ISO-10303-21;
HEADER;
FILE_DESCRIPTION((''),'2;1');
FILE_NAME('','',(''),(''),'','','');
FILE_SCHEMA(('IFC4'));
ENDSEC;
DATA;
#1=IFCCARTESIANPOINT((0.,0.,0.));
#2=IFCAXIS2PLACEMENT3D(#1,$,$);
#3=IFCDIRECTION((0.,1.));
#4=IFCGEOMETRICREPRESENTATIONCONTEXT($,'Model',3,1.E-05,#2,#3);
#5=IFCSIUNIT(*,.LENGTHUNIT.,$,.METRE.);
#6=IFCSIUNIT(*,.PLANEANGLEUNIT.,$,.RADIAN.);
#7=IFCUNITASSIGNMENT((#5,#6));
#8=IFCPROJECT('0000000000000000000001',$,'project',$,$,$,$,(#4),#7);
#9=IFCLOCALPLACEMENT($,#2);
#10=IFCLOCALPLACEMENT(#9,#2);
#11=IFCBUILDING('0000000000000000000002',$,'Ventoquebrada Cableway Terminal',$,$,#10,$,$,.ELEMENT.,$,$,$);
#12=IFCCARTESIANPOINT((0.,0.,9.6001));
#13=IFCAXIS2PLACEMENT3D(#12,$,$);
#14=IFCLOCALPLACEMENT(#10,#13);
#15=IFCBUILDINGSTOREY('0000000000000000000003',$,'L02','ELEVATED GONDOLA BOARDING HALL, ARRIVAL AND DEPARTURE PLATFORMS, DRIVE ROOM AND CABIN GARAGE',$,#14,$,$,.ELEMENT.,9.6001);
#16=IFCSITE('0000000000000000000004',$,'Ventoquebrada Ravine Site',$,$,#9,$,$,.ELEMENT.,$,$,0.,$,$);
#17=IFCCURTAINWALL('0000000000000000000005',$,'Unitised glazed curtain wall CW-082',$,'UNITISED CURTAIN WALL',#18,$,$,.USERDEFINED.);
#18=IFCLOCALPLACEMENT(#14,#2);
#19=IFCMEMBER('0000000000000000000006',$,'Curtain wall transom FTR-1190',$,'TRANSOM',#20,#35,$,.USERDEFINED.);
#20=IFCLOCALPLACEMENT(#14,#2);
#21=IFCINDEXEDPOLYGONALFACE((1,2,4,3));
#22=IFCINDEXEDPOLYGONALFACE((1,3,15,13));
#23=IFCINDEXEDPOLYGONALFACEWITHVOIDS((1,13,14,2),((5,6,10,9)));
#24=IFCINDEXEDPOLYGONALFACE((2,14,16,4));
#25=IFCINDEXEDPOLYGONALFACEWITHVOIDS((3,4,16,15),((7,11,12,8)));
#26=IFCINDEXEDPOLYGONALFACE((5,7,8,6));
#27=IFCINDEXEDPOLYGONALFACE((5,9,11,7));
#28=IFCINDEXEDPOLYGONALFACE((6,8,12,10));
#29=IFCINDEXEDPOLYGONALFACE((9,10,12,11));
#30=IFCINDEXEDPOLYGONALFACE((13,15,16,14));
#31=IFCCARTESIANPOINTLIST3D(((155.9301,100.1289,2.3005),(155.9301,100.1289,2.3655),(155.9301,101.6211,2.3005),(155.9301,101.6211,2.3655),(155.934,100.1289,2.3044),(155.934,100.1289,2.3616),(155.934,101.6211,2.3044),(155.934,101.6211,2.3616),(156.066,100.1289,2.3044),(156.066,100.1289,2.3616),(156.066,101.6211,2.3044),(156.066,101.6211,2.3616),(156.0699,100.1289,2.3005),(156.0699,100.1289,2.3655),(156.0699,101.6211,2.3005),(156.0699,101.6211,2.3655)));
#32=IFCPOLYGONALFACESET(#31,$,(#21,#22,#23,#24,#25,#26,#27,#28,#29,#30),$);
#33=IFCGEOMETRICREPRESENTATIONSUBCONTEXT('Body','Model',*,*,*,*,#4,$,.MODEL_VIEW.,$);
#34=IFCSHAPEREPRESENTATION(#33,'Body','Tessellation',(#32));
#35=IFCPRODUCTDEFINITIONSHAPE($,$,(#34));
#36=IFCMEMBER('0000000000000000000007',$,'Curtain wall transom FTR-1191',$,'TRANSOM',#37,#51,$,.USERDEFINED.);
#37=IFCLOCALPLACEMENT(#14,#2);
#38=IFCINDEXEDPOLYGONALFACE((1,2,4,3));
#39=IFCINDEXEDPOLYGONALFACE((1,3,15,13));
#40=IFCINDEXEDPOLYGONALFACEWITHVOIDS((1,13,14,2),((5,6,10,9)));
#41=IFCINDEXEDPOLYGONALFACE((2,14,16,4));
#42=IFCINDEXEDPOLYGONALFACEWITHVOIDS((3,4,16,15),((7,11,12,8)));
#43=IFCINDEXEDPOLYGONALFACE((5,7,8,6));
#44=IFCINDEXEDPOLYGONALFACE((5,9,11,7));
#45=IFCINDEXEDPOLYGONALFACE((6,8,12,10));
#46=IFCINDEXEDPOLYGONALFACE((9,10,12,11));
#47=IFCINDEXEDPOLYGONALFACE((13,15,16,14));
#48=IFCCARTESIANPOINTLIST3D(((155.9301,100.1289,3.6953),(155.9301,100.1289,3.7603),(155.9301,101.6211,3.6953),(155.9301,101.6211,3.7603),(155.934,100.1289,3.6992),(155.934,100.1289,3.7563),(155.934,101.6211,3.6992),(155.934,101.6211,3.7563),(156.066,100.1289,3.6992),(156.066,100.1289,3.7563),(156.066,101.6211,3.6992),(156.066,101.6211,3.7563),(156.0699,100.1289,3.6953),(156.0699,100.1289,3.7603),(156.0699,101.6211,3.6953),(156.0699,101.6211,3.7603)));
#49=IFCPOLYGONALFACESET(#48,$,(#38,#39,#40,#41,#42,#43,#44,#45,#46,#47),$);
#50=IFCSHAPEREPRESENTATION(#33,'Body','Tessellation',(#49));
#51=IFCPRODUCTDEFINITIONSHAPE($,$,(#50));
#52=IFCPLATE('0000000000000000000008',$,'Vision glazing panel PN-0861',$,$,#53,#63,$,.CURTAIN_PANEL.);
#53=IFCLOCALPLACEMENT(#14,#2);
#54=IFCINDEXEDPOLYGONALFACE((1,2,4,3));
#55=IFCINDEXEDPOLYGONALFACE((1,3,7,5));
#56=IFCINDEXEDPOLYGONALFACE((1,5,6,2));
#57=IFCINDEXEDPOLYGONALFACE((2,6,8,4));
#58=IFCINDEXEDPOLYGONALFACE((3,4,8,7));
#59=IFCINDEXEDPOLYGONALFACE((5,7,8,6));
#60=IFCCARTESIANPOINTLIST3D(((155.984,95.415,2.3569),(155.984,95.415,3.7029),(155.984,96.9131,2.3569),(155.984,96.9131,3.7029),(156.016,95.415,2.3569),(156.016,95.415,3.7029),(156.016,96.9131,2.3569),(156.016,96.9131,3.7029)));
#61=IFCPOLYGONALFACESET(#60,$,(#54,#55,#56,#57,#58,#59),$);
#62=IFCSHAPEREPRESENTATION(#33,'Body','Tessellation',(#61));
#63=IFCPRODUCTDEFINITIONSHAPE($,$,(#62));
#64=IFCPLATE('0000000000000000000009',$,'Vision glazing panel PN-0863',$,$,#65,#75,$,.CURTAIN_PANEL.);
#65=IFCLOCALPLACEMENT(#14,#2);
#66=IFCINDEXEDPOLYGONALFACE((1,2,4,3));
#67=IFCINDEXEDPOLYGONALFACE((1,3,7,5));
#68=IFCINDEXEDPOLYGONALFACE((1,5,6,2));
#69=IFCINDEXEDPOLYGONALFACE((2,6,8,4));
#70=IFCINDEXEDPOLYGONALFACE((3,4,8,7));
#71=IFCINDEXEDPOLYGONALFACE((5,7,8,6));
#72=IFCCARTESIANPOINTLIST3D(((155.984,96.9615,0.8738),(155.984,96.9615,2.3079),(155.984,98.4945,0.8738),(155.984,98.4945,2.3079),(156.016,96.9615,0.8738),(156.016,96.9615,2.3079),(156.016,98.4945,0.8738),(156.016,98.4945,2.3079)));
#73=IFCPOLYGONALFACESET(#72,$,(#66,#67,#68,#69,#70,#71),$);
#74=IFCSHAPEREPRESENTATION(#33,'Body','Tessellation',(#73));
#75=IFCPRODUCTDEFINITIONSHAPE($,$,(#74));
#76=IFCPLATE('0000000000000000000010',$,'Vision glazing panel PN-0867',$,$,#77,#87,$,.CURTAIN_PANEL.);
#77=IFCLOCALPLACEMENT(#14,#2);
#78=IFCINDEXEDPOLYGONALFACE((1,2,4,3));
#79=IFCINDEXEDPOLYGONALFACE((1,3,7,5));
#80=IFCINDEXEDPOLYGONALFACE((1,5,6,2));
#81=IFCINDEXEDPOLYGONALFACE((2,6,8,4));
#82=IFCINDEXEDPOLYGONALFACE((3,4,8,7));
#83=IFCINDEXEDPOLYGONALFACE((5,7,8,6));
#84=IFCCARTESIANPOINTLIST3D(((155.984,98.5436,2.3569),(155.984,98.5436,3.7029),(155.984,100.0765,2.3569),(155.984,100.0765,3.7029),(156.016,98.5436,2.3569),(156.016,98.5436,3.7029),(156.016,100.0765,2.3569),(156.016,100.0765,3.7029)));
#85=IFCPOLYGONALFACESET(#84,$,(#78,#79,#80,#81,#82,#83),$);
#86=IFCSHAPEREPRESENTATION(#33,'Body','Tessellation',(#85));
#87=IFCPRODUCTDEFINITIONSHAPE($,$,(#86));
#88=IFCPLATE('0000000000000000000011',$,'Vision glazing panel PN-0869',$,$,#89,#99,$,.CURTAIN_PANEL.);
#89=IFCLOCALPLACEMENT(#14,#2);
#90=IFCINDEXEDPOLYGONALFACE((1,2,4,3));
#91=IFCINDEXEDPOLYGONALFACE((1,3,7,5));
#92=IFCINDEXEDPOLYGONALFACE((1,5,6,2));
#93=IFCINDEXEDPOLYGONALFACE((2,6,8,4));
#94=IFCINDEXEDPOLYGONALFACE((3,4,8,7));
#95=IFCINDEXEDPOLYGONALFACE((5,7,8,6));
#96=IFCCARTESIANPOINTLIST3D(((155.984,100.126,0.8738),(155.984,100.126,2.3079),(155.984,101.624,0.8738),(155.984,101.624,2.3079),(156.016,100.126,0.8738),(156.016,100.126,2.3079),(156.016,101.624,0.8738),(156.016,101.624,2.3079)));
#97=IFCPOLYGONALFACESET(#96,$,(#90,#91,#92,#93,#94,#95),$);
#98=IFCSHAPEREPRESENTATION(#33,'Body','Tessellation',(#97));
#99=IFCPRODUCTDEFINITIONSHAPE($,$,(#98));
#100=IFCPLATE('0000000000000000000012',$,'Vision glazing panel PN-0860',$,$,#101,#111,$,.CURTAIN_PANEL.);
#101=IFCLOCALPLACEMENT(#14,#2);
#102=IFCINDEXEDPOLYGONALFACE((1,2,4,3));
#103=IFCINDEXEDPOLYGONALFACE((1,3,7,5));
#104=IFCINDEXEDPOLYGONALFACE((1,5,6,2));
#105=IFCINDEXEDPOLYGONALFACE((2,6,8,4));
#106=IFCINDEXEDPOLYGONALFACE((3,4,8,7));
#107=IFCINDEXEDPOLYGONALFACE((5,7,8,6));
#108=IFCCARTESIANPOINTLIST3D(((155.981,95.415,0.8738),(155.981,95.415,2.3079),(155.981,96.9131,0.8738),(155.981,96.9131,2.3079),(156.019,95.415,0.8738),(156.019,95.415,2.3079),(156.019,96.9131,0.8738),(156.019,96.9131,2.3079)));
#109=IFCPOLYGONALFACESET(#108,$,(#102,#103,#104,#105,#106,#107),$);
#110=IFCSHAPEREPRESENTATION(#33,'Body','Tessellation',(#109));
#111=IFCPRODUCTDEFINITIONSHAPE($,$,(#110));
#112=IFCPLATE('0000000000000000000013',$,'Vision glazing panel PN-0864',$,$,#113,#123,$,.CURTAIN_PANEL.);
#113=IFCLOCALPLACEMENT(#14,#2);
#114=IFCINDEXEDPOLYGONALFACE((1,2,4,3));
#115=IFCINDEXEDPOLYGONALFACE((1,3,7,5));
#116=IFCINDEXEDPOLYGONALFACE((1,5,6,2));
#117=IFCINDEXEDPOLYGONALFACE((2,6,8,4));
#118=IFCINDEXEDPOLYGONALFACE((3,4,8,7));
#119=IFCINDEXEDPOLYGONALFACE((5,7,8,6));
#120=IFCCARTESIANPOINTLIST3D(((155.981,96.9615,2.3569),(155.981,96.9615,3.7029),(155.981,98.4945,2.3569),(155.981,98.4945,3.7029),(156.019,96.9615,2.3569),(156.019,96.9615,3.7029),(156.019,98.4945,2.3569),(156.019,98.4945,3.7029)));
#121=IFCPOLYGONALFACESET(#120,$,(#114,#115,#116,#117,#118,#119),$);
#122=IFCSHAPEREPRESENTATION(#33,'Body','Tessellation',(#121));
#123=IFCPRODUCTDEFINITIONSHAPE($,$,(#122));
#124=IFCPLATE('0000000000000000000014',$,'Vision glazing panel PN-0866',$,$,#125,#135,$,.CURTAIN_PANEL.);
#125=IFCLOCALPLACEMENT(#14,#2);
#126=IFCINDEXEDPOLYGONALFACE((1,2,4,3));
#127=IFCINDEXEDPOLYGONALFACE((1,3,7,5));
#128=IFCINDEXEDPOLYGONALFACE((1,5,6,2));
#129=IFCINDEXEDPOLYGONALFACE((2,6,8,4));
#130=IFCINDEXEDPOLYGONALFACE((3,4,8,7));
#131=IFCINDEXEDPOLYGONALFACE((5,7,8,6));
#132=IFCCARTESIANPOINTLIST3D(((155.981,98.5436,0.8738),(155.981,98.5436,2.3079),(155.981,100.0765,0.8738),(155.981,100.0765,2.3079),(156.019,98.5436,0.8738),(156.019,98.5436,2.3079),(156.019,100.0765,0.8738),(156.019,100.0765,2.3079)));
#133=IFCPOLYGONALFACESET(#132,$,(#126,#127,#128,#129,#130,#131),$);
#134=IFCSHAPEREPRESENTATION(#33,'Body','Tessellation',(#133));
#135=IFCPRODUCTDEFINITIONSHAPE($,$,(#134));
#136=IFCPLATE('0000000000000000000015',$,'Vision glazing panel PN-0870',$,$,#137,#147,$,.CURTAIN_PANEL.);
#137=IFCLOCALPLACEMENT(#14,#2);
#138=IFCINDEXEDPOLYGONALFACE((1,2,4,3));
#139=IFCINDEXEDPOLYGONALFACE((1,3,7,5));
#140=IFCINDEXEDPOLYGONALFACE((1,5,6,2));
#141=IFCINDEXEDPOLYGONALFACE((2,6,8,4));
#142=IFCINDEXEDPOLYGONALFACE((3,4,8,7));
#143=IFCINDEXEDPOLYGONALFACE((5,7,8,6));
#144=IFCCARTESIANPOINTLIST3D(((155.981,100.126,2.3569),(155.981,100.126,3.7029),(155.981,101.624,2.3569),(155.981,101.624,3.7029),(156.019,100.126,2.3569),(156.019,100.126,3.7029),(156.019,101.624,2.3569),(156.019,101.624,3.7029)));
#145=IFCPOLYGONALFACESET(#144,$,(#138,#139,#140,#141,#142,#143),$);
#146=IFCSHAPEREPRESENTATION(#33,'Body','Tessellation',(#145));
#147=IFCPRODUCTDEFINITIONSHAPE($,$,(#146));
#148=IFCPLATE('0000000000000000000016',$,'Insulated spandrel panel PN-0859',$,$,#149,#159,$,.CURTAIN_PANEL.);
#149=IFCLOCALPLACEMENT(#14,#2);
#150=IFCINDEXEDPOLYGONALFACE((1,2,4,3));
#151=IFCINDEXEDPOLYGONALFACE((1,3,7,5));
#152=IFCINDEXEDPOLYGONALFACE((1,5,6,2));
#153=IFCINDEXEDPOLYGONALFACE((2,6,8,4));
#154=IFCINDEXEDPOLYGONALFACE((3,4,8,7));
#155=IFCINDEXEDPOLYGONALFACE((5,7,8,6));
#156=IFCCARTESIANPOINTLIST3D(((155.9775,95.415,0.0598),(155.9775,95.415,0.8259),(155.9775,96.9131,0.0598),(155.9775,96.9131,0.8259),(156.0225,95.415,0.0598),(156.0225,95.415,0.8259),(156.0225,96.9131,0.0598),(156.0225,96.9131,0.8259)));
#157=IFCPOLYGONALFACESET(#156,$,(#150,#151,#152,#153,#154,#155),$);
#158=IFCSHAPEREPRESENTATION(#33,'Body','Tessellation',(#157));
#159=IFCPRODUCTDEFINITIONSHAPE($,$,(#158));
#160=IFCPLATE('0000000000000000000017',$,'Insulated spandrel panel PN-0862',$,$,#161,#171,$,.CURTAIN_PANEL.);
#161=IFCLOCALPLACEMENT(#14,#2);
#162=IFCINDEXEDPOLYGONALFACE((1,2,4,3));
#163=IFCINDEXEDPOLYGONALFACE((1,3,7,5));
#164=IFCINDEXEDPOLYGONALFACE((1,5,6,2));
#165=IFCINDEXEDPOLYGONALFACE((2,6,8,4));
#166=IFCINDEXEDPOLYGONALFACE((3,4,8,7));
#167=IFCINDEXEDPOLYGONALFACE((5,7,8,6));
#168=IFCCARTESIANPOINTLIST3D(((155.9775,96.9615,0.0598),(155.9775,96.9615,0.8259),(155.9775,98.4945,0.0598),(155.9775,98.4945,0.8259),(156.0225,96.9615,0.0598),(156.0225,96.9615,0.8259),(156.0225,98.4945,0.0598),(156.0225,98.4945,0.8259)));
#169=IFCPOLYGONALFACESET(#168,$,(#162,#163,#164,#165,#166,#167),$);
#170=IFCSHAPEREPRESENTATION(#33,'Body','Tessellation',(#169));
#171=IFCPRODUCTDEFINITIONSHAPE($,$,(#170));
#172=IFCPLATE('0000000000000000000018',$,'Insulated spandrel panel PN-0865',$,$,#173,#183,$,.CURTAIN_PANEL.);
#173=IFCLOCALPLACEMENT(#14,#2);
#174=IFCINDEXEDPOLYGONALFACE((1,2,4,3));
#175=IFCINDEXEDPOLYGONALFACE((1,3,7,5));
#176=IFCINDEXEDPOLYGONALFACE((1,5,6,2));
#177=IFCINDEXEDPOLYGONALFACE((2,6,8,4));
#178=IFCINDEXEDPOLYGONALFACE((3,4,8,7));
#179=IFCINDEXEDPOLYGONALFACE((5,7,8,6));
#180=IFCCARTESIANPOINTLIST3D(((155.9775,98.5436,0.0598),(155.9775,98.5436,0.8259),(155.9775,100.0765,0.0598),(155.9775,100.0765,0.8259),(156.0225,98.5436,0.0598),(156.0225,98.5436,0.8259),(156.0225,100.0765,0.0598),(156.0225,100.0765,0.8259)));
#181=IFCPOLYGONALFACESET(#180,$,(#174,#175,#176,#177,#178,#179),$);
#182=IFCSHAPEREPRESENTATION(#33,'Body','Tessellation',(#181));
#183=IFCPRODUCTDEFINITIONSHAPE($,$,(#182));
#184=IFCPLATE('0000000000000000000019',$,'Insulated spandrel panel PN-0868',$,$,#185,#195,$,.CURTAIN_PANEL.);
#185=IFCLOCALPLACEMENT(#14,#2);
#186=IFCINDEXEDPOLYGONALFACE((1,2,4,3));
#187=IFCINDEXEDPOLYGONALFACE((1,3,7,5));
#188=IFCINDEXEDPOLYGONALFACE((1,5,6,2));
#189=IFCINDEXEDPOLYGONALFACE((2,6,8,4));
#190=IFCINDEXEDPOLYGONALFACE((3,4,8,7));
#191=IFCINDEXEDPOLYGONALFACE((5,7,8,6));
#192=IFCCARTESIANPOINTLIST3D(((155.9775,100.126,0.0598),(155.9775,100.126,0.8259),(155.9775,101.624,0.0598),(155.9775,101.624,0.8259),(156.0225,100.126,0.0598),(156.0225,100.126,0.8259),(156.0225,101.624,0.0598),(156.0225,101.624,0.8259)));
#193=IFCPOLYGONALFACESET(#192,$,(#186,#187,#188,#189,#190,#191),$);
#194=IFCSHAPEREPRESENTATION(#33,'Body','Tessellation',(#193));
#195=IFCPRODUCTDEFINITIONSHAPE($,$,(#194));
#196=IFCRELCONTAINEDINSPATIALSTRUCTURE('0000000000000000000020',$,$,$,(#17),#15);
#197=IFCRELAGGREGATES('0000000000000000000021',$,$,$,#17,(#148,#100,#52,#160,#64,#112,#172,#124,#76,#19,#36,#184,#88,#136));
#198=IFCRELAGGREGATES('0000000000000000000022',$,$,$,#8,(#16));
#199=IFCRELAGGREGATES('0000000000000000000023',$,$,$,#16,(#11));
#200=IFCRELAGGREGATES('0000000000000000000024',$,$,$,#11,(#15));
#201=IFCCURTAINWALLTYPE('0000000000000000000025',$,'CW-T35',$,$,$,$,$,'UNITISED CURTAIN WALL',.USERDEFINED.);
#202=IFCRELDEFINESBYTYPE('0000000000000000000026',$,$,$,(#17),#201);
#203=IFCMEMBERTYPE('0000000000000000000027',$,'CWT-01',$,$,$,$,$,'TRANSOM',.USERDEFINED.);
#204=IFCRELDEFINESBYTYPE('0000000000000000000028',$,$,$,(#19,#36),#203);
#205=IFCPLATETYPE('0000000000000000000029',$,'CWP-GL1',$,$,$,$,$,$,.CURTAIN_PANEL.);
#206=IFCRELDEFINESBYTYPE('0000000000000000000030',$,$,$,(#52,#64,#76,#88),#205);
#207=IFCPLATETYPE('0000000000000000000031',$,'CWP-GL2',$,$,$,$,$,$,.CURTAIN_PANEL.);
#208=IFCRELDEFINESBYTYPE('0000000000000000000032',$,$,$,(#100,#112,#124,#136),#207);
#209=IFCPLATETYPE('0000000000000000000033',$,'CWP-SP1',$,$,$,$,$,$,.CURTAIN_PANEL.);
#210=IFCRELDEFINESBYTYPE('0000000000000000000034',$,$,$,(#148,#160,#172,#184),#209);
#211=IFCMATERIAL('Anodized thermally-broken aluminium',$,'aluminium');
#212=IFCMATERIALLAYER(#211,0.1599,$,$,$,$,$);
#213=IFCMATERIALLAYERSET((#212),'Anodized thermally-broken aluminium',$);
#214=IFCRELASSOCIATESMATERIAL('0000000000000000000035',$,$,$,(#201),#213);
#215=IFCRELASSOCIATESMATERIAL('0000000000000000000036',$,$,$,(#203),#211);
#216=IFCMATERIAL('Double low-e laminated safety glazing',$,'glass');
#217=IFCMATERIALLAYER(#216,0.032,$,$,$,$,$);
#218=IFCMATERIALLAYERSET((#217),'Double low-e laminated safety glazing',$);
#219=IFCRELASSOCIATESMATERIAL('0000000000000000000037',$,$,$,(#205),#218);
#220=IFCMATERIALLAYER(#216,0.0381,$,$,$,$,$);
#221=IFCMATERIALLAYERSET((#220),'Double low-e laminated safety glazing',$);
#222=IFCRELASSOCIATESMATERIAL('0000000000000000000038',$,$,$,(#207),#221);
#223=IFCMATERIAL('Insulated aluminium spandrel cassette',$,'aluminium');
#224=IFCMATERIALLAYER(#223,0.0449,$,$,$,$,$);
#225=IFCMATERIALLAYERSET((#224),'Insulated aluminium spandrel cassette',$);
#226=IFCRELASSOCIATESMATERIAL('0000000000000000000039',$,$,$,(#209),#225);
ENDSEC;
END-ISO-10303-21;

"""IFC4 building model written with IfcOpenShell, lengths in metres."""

from ifc_helpers import new_model, si_unit, direction, frame, origin, origin_2d, place, context, subcontext, project, spatial, rectangle, hollow_rectangle, extrude, material, layer, layer_set, material_profile, profile_set, type_object, element, aggregate, save


model = new_model("IFC4")

# Units and contexts
model_context = context("Model", 3, precision=1e-05, world=origin(), true_north=direction((0.0, 1.0)))
body_context = subcontext(model_context, "Body", "Model", "MODEL_VIEW")
ifc_project = project(units=[si_unit("LENGTHUNIT", "METRE"), si_unit("PLANEANGLEUNIT", "RADIAN")], contexts=[model_context])

# Site, building, storey
site_placement = place(None, origin())
site = spatial("IfcSite", under=ifc_project, at=site_placement, Name="Ventoquebrada Ravine Site", CompositionType="ELEMENT", RefElevation=0.0)
building_placement = place(site_placement, origin())
building = spatial("IfcBuilding", under=site, at=building_placement, Name="Ventoquebrada Cableway Terminal", CompositionType="ELEMENT")
storey_placement = place(building_placement, frame((0.0, 0.0, 9.6001)))
storey = spatial("IfcBuildingStorey", under=building, at=storey_placement, Name="L02", Description="ELEVATED GONDOLA BOARDING HALL, ARRIVAL AND DEPARTURE PLATFORMS, DRIVE ROOM AND CABIN GARAGE", CompositionType="ELEMENT", Elevation=9.6001)

# Curtain wall, members, plates
ifc_material_1 = material(Name="Anodized thermally-broken aluminium", Category="aluminium")
ifc_layer_1 = layer(ifc_material_1, 0.1599)
ifc_layer_set_1 = layer_set([ifc_layer_1], Name="Anodized thermally-broken aluminium")
curtain_wall_type = type_object("IfcCurtainWallType", Name="CW-T35", ElementType="UNITISED CURTAIN WALL", PredefinedType="USERDEFINED", material=ifc_layer_set_1)
curtain_wall_placement = place(storey_placement, origin())
curtain_wall = element("IfcCurtainWall", 1, at=curtain_wall_placement, inside=storey, type_object=curtain_wall_type, Name="Unitised glazed curtain wall CW-082", ObjectType="UNITISED CURTAIN WALL", PredefinedType="USERDEFINED")
ifc_material_profile_1 = material_profile(ifc_material_1, hollow_rectangle(XDim=0.0649, YDim=0.1399, WallThickness=0.0039, at=origin_2d()), Name="CW-TRN-65X140")
ifc_profile_set_1 = profile_set([ifc_material_profile_1], Name="Anodized thermally-broken aluminium")
member_type_1 = type_object("IfcMemberType", Name="CWT-01", ElementType="TRANSOM", PredefinedType="USERDEFINED", material=ifc_profile_set_1)
member_1_placement = place(storey_placement, frame((156.0, 100.1289, 2.333), z_axis=(0.0, 1.0, 0.0), x_axis=(0.0, 0.0, 1.0)))
member_1 = element("IfcMember", 2, at=member_1_placement, type_object=member_type_1, Name="Curtain wall transom FTR-1190", ObjectType="TRANSOM", PredefinedType="USERDEFINED", context=body_context, shape_type="SweptSolid", body=[
    extrude(hollow_rectangle(XDim=0.0649, YDim=0.1399, WallThickness=0.0039, at=origin_2d()), origin(), (0.0, 0.0, 1.0), 1.4922),
])
member_2_placement = place(storey_placement, frame((156.0, 100.1289, 3.7278), z_axis=(0.0, 1.0, 0.0), x_axis=(0.0, 0.0, 1.0)))
member_2 = element("IfcMember", 3, at=member_2_placement, type_object=member_type_1, Name="Curtain wall transom FTR-1191", ObjectType="TRANSOM", PredefinedType="USERDEFINED", context=body_context, shape_type="SweptSolid", body=[
    extrude(hollow_rectangle(XDim=0.0649, YDim=0.1399, WallThickness=0.0039, at=origin_2d()), origin(), (0.0, 0.0, 1.0), 1.4922),
])
ifc_material_2 = material(Name="Double low-e laminated safety glazing", Category="glass")
ifc_layer_2 = layer(ifc_material_2, 0.032)
ifc_layer_set_2 = layer_set([ifc_layer_2], Name="Double low-e laminated safety glazing")
plate_type_1 = type_object("IfcPlateType", Name="CWP-GL1", PredefinedType="CURTAIN_PANEL", material=ifc_layer_set_2)
plate_1_placement = place(storey_placement, frame((156.0, 96.1641, 2.3569), z_axis=(0.0, 0.0, 1.0), x_axis=(0.0, 1.0, 0.0)))
plate_1 = element("IfcPlate", 4, at=plate_1_placement, type_object=plate_type_1, Name="Vision glazing panel PN-0861", PredefinedType="CURTAIN_PANEL", context=body_context, shape_type="SweptSolid", body=[
    extrude(rectangle(XDim=1.498, YDim=0.032, at=origin_2d()), origin(), (0.0, 0.0, 1.0), 1.3459),
])
plate_2_placement = place(storey_placement, frame((156.0, 97.728, 0.8738), z_axis=(0.0, 0.0, 1.0), x_axis=(0.0, 1.0, 0.0)))
plate_2 = element("IfcPlate", 5, at=plate_2_placement, type_object=plate_type_1, Name="Vision glazing panel PN-0863", PredefinedType="CURTAIN_PANEL", context=body_context, shape_type="SweptSolid", body=[
    extrude(rectangle(XDim=1.533, YDim=0.032, at=origin_2d()), origin(), (0.0, 0.0, 1.0), 1.4341),
])
plate_3_placement = place(storey_placement, frame((156.0, 99.3101, 2.3569), z_axis=(0.0, 0.0, 1.0), x_axis=(0.0, 1.0, 0.0)))
plate_3 = element("IfcPlate", 6, at=plate_3_placement, type_object=plate_type_1, Name="Vision glazing panel PN-0867", PredefinedType="CURTAIN_PANEL", context=body_context, shape_type="SweptSolid", body=[
    extrude(rectangle(XDim=1.533, YDim=0.032, at=origin_2d()), origin(), (0.0, 0.0, 1.0), 1.3459),
])
plate_4_placement = place(storey_placement, frame((156.0, 100.875, 0.8738), z_axis=(0.0, 0.0, 1.0), x_axis=(0.0, 1.0, 0.0)))
plate_4 = element("IfcPlate", 7, at=plate_4_placement, type_object=plate_type_1, Name="Vision glazing panel PN-0869", PredefinedType="CURTAIN_PANEL", context=body_context, shape_type="SweptSolid", body=[
    extrude(rectangle(XDim=1.498, YDim=0.032, at=origin_2d()), origin(), (0.0, 0.0, 1.0), 1.4341),
])
ifc_layer_3 = layer(ifc_material_2, 0.0381)
ifc_layer_set_3 = layer_set([ifc_layer_3], Name="Double low-e laminated safety glazing")
plate_type_2 = type_object("IfcPlateType", Name="CWP-GL2", PredefinedType="CURTAIN_PANEL", material=ifc_layer_set_3)
plate_5_placement = place(storey_placement, frame((156.0, 96.1641, 0.8738), z_axis=(0.0, 0.0, 1.0), x_axis=(0.0, 1.0, 0.0)))
plate_5 = element("IfcPlate", 8, at=plate_5_placement, type_object=plate_type_2, Name="Vision glazing panel PN-0860", PredefinedType="CURTAIN_PANEL", context=body_context, shape_type="SweptSolid", body=[
    extrude(rectangle(XDim=1.498, YDim=0.0381, at=origin_2d()), origin(), (0.0, 0.0, 1.0), 1.4341),
])
plate_6_placement = place(storey_placement, frame((156.0, 97.728, 2.3569), z_axis=(0.0, 0.0, 1.0), x_axis=(0.0, 1.0, 0.0)))
plate_6 = element("IfcPlate", 9, at=plate_6_placement, type_object=plate_type_2, Name="Vision glazing panel PN-0864", PredefinedType="CURTAIN_PANEL", context=body_context, shape_type="SweptSolid", body=[
    extrude(rectangle(XDim=1.533, YDim=0.0381, at=origin_2d()), origin(), (0.0, 0.0, 1.0), 1.3459),
])
plate_7_placement = place(storey_placement, frame((156.0, 99.3101, 0.8738), z_axis=(0.0, 0.0, 1.0), x_axis=(0.0, 1.0, 0.0)))
plate_7 = element("IfcPlate", 10, at=plate_7_placement, type_object=plate_type_2, Name="Vision glazing panel PN-0866", PredefinedType="CURTAIN_PANEL", context=body_context, shape_type="SweptSolid", body=[
    extrude(rectangle(XDim=1.533, YDim=0.0381, at=origin_2d()), origin(), (0.0, 0.0, 1.0), 1.4341),
])
plate_8_placement = place(storey_placement, frame((156.0, 100.875, 2.3569), z_axis=(0.0, 0.0, 1.0), x_axis=(0.0, 1.0, 0.0)))
plate_8 = element("IfcPlate", 11, at=plate_8_placement, type_object=plate_type_2, Name="Vision glazing panel PN-0870", PredefinedType="CURTAIN_PANEL", context=body_context, shape_type="SweptSolid", body=[
    extrude(rectangle(XDim=1.498, YDim=0.0381, at=origin_2d()), origin(), (0.0, 0.0, 1.0), 1.3459),
])
ifc_material_3 = material(Name="Insulated aluminium spandrel cassette", Category="aluminium")
ifc_layer_4 = layer(ifc_material_3, 0.0449)
ifc_layer_set_4 = layer_set([ifc_layer_4], Name="Insulated aluminium spandrel cassette")
plate_type_3 = type_object("IfcPlateType", Name="CWP-SP1", PredefinedType="CURTAIN_PANEL", material=ifc_layer_set_4)
plate_9_placement = place(storey_placement, frame((156.0, 96.1641, 0.0598), z_axis=(0.0, 0.0, 1.0), x_axis=(0.0, 1.0, 0.0)))
plate_9 = element("IfcPlate", 12, at=plate_9_placement, type_object=plate_type_3, Name="Insulated spandrel panel PN-0859", PredefinedType="CURTAIN_PANEL", context=body_context, shape_type="SweptSolid", body=[
    extrude(rectangle(XDim=1.498, YDim=0.0449, at=origin_2d()), origin(), (0.0, 0.0, 1.0), 0.7661),
])
plate_10_placement = place(storey_placement, frame((156.0, 97.728, 0.0598), z_axis=(0.0, 0.0, 1.0), x_axis=(0.0, 1.0, 0.0)))
plate_10 = element("IfcPlate", 13, at=plate_10_placement, type_object=plate_type_3, Name="Insulated spandrel panel PN-0862", PredefinedType="CURTAIN_PANEL", context=body_context, shape_type="SweptSolid", body=[
    extrude(rectangle(XDim=1.533, YDim=0.0449, at=origin_2d()), origin(), (0.0, 0.0, 1.0), 0.7661),
])
plate_11_placement = place(storey_placement, frame((156.0, 99.3101, 0.0598), z_axis=(0.0, 0.0, 1.0), x_axis=(0.0, 1.0, 0.0)))
plate_11 = element("IfcPlate", 14, at=plate_11_placement, type_object=plate_type_3, Name="Insulated spandrel panel PN-0865", PredefinedType="CURTAIN_PANEL", context=body_context, shape_type="SweptSolid", body=[
    extrude(rectangle(XDim=1.533, YDim=0.0449, at=origin_2d()), origin(), (0.0, 0.0, 1.0), 0.7661),
])
plate_12_placement = place(storey_placement, frame((156.0, 100.875, 0.0598), z_axis=(0.0, 0.0, 1.0), x_axis=(0.0, 1.0, 0.0)))
plate_12 = element("IfcPlate", 15, at=plate_12_placement, type_object=plate_type_3, Name="Insulated spandrel panel PN-0868", PredefinedType="CURTAIN_PANEL", context=body_context, shape_type="SweptSolid", body=[
    extrude(rectangle(XDim=1.498, YDim=0.0449, at=origin_2d()), origin(), (0.0, 0.0, 1.0), 0.7661),
])
aggregate(curtain_wall, [plate_9, plate_5, plate_1, plate_10, plate_2, plate_6, plate_11, plate_7, plate_3, member_1, member_2, plate_12, plate_4, plate_8])

save(model, "model.ifc")
